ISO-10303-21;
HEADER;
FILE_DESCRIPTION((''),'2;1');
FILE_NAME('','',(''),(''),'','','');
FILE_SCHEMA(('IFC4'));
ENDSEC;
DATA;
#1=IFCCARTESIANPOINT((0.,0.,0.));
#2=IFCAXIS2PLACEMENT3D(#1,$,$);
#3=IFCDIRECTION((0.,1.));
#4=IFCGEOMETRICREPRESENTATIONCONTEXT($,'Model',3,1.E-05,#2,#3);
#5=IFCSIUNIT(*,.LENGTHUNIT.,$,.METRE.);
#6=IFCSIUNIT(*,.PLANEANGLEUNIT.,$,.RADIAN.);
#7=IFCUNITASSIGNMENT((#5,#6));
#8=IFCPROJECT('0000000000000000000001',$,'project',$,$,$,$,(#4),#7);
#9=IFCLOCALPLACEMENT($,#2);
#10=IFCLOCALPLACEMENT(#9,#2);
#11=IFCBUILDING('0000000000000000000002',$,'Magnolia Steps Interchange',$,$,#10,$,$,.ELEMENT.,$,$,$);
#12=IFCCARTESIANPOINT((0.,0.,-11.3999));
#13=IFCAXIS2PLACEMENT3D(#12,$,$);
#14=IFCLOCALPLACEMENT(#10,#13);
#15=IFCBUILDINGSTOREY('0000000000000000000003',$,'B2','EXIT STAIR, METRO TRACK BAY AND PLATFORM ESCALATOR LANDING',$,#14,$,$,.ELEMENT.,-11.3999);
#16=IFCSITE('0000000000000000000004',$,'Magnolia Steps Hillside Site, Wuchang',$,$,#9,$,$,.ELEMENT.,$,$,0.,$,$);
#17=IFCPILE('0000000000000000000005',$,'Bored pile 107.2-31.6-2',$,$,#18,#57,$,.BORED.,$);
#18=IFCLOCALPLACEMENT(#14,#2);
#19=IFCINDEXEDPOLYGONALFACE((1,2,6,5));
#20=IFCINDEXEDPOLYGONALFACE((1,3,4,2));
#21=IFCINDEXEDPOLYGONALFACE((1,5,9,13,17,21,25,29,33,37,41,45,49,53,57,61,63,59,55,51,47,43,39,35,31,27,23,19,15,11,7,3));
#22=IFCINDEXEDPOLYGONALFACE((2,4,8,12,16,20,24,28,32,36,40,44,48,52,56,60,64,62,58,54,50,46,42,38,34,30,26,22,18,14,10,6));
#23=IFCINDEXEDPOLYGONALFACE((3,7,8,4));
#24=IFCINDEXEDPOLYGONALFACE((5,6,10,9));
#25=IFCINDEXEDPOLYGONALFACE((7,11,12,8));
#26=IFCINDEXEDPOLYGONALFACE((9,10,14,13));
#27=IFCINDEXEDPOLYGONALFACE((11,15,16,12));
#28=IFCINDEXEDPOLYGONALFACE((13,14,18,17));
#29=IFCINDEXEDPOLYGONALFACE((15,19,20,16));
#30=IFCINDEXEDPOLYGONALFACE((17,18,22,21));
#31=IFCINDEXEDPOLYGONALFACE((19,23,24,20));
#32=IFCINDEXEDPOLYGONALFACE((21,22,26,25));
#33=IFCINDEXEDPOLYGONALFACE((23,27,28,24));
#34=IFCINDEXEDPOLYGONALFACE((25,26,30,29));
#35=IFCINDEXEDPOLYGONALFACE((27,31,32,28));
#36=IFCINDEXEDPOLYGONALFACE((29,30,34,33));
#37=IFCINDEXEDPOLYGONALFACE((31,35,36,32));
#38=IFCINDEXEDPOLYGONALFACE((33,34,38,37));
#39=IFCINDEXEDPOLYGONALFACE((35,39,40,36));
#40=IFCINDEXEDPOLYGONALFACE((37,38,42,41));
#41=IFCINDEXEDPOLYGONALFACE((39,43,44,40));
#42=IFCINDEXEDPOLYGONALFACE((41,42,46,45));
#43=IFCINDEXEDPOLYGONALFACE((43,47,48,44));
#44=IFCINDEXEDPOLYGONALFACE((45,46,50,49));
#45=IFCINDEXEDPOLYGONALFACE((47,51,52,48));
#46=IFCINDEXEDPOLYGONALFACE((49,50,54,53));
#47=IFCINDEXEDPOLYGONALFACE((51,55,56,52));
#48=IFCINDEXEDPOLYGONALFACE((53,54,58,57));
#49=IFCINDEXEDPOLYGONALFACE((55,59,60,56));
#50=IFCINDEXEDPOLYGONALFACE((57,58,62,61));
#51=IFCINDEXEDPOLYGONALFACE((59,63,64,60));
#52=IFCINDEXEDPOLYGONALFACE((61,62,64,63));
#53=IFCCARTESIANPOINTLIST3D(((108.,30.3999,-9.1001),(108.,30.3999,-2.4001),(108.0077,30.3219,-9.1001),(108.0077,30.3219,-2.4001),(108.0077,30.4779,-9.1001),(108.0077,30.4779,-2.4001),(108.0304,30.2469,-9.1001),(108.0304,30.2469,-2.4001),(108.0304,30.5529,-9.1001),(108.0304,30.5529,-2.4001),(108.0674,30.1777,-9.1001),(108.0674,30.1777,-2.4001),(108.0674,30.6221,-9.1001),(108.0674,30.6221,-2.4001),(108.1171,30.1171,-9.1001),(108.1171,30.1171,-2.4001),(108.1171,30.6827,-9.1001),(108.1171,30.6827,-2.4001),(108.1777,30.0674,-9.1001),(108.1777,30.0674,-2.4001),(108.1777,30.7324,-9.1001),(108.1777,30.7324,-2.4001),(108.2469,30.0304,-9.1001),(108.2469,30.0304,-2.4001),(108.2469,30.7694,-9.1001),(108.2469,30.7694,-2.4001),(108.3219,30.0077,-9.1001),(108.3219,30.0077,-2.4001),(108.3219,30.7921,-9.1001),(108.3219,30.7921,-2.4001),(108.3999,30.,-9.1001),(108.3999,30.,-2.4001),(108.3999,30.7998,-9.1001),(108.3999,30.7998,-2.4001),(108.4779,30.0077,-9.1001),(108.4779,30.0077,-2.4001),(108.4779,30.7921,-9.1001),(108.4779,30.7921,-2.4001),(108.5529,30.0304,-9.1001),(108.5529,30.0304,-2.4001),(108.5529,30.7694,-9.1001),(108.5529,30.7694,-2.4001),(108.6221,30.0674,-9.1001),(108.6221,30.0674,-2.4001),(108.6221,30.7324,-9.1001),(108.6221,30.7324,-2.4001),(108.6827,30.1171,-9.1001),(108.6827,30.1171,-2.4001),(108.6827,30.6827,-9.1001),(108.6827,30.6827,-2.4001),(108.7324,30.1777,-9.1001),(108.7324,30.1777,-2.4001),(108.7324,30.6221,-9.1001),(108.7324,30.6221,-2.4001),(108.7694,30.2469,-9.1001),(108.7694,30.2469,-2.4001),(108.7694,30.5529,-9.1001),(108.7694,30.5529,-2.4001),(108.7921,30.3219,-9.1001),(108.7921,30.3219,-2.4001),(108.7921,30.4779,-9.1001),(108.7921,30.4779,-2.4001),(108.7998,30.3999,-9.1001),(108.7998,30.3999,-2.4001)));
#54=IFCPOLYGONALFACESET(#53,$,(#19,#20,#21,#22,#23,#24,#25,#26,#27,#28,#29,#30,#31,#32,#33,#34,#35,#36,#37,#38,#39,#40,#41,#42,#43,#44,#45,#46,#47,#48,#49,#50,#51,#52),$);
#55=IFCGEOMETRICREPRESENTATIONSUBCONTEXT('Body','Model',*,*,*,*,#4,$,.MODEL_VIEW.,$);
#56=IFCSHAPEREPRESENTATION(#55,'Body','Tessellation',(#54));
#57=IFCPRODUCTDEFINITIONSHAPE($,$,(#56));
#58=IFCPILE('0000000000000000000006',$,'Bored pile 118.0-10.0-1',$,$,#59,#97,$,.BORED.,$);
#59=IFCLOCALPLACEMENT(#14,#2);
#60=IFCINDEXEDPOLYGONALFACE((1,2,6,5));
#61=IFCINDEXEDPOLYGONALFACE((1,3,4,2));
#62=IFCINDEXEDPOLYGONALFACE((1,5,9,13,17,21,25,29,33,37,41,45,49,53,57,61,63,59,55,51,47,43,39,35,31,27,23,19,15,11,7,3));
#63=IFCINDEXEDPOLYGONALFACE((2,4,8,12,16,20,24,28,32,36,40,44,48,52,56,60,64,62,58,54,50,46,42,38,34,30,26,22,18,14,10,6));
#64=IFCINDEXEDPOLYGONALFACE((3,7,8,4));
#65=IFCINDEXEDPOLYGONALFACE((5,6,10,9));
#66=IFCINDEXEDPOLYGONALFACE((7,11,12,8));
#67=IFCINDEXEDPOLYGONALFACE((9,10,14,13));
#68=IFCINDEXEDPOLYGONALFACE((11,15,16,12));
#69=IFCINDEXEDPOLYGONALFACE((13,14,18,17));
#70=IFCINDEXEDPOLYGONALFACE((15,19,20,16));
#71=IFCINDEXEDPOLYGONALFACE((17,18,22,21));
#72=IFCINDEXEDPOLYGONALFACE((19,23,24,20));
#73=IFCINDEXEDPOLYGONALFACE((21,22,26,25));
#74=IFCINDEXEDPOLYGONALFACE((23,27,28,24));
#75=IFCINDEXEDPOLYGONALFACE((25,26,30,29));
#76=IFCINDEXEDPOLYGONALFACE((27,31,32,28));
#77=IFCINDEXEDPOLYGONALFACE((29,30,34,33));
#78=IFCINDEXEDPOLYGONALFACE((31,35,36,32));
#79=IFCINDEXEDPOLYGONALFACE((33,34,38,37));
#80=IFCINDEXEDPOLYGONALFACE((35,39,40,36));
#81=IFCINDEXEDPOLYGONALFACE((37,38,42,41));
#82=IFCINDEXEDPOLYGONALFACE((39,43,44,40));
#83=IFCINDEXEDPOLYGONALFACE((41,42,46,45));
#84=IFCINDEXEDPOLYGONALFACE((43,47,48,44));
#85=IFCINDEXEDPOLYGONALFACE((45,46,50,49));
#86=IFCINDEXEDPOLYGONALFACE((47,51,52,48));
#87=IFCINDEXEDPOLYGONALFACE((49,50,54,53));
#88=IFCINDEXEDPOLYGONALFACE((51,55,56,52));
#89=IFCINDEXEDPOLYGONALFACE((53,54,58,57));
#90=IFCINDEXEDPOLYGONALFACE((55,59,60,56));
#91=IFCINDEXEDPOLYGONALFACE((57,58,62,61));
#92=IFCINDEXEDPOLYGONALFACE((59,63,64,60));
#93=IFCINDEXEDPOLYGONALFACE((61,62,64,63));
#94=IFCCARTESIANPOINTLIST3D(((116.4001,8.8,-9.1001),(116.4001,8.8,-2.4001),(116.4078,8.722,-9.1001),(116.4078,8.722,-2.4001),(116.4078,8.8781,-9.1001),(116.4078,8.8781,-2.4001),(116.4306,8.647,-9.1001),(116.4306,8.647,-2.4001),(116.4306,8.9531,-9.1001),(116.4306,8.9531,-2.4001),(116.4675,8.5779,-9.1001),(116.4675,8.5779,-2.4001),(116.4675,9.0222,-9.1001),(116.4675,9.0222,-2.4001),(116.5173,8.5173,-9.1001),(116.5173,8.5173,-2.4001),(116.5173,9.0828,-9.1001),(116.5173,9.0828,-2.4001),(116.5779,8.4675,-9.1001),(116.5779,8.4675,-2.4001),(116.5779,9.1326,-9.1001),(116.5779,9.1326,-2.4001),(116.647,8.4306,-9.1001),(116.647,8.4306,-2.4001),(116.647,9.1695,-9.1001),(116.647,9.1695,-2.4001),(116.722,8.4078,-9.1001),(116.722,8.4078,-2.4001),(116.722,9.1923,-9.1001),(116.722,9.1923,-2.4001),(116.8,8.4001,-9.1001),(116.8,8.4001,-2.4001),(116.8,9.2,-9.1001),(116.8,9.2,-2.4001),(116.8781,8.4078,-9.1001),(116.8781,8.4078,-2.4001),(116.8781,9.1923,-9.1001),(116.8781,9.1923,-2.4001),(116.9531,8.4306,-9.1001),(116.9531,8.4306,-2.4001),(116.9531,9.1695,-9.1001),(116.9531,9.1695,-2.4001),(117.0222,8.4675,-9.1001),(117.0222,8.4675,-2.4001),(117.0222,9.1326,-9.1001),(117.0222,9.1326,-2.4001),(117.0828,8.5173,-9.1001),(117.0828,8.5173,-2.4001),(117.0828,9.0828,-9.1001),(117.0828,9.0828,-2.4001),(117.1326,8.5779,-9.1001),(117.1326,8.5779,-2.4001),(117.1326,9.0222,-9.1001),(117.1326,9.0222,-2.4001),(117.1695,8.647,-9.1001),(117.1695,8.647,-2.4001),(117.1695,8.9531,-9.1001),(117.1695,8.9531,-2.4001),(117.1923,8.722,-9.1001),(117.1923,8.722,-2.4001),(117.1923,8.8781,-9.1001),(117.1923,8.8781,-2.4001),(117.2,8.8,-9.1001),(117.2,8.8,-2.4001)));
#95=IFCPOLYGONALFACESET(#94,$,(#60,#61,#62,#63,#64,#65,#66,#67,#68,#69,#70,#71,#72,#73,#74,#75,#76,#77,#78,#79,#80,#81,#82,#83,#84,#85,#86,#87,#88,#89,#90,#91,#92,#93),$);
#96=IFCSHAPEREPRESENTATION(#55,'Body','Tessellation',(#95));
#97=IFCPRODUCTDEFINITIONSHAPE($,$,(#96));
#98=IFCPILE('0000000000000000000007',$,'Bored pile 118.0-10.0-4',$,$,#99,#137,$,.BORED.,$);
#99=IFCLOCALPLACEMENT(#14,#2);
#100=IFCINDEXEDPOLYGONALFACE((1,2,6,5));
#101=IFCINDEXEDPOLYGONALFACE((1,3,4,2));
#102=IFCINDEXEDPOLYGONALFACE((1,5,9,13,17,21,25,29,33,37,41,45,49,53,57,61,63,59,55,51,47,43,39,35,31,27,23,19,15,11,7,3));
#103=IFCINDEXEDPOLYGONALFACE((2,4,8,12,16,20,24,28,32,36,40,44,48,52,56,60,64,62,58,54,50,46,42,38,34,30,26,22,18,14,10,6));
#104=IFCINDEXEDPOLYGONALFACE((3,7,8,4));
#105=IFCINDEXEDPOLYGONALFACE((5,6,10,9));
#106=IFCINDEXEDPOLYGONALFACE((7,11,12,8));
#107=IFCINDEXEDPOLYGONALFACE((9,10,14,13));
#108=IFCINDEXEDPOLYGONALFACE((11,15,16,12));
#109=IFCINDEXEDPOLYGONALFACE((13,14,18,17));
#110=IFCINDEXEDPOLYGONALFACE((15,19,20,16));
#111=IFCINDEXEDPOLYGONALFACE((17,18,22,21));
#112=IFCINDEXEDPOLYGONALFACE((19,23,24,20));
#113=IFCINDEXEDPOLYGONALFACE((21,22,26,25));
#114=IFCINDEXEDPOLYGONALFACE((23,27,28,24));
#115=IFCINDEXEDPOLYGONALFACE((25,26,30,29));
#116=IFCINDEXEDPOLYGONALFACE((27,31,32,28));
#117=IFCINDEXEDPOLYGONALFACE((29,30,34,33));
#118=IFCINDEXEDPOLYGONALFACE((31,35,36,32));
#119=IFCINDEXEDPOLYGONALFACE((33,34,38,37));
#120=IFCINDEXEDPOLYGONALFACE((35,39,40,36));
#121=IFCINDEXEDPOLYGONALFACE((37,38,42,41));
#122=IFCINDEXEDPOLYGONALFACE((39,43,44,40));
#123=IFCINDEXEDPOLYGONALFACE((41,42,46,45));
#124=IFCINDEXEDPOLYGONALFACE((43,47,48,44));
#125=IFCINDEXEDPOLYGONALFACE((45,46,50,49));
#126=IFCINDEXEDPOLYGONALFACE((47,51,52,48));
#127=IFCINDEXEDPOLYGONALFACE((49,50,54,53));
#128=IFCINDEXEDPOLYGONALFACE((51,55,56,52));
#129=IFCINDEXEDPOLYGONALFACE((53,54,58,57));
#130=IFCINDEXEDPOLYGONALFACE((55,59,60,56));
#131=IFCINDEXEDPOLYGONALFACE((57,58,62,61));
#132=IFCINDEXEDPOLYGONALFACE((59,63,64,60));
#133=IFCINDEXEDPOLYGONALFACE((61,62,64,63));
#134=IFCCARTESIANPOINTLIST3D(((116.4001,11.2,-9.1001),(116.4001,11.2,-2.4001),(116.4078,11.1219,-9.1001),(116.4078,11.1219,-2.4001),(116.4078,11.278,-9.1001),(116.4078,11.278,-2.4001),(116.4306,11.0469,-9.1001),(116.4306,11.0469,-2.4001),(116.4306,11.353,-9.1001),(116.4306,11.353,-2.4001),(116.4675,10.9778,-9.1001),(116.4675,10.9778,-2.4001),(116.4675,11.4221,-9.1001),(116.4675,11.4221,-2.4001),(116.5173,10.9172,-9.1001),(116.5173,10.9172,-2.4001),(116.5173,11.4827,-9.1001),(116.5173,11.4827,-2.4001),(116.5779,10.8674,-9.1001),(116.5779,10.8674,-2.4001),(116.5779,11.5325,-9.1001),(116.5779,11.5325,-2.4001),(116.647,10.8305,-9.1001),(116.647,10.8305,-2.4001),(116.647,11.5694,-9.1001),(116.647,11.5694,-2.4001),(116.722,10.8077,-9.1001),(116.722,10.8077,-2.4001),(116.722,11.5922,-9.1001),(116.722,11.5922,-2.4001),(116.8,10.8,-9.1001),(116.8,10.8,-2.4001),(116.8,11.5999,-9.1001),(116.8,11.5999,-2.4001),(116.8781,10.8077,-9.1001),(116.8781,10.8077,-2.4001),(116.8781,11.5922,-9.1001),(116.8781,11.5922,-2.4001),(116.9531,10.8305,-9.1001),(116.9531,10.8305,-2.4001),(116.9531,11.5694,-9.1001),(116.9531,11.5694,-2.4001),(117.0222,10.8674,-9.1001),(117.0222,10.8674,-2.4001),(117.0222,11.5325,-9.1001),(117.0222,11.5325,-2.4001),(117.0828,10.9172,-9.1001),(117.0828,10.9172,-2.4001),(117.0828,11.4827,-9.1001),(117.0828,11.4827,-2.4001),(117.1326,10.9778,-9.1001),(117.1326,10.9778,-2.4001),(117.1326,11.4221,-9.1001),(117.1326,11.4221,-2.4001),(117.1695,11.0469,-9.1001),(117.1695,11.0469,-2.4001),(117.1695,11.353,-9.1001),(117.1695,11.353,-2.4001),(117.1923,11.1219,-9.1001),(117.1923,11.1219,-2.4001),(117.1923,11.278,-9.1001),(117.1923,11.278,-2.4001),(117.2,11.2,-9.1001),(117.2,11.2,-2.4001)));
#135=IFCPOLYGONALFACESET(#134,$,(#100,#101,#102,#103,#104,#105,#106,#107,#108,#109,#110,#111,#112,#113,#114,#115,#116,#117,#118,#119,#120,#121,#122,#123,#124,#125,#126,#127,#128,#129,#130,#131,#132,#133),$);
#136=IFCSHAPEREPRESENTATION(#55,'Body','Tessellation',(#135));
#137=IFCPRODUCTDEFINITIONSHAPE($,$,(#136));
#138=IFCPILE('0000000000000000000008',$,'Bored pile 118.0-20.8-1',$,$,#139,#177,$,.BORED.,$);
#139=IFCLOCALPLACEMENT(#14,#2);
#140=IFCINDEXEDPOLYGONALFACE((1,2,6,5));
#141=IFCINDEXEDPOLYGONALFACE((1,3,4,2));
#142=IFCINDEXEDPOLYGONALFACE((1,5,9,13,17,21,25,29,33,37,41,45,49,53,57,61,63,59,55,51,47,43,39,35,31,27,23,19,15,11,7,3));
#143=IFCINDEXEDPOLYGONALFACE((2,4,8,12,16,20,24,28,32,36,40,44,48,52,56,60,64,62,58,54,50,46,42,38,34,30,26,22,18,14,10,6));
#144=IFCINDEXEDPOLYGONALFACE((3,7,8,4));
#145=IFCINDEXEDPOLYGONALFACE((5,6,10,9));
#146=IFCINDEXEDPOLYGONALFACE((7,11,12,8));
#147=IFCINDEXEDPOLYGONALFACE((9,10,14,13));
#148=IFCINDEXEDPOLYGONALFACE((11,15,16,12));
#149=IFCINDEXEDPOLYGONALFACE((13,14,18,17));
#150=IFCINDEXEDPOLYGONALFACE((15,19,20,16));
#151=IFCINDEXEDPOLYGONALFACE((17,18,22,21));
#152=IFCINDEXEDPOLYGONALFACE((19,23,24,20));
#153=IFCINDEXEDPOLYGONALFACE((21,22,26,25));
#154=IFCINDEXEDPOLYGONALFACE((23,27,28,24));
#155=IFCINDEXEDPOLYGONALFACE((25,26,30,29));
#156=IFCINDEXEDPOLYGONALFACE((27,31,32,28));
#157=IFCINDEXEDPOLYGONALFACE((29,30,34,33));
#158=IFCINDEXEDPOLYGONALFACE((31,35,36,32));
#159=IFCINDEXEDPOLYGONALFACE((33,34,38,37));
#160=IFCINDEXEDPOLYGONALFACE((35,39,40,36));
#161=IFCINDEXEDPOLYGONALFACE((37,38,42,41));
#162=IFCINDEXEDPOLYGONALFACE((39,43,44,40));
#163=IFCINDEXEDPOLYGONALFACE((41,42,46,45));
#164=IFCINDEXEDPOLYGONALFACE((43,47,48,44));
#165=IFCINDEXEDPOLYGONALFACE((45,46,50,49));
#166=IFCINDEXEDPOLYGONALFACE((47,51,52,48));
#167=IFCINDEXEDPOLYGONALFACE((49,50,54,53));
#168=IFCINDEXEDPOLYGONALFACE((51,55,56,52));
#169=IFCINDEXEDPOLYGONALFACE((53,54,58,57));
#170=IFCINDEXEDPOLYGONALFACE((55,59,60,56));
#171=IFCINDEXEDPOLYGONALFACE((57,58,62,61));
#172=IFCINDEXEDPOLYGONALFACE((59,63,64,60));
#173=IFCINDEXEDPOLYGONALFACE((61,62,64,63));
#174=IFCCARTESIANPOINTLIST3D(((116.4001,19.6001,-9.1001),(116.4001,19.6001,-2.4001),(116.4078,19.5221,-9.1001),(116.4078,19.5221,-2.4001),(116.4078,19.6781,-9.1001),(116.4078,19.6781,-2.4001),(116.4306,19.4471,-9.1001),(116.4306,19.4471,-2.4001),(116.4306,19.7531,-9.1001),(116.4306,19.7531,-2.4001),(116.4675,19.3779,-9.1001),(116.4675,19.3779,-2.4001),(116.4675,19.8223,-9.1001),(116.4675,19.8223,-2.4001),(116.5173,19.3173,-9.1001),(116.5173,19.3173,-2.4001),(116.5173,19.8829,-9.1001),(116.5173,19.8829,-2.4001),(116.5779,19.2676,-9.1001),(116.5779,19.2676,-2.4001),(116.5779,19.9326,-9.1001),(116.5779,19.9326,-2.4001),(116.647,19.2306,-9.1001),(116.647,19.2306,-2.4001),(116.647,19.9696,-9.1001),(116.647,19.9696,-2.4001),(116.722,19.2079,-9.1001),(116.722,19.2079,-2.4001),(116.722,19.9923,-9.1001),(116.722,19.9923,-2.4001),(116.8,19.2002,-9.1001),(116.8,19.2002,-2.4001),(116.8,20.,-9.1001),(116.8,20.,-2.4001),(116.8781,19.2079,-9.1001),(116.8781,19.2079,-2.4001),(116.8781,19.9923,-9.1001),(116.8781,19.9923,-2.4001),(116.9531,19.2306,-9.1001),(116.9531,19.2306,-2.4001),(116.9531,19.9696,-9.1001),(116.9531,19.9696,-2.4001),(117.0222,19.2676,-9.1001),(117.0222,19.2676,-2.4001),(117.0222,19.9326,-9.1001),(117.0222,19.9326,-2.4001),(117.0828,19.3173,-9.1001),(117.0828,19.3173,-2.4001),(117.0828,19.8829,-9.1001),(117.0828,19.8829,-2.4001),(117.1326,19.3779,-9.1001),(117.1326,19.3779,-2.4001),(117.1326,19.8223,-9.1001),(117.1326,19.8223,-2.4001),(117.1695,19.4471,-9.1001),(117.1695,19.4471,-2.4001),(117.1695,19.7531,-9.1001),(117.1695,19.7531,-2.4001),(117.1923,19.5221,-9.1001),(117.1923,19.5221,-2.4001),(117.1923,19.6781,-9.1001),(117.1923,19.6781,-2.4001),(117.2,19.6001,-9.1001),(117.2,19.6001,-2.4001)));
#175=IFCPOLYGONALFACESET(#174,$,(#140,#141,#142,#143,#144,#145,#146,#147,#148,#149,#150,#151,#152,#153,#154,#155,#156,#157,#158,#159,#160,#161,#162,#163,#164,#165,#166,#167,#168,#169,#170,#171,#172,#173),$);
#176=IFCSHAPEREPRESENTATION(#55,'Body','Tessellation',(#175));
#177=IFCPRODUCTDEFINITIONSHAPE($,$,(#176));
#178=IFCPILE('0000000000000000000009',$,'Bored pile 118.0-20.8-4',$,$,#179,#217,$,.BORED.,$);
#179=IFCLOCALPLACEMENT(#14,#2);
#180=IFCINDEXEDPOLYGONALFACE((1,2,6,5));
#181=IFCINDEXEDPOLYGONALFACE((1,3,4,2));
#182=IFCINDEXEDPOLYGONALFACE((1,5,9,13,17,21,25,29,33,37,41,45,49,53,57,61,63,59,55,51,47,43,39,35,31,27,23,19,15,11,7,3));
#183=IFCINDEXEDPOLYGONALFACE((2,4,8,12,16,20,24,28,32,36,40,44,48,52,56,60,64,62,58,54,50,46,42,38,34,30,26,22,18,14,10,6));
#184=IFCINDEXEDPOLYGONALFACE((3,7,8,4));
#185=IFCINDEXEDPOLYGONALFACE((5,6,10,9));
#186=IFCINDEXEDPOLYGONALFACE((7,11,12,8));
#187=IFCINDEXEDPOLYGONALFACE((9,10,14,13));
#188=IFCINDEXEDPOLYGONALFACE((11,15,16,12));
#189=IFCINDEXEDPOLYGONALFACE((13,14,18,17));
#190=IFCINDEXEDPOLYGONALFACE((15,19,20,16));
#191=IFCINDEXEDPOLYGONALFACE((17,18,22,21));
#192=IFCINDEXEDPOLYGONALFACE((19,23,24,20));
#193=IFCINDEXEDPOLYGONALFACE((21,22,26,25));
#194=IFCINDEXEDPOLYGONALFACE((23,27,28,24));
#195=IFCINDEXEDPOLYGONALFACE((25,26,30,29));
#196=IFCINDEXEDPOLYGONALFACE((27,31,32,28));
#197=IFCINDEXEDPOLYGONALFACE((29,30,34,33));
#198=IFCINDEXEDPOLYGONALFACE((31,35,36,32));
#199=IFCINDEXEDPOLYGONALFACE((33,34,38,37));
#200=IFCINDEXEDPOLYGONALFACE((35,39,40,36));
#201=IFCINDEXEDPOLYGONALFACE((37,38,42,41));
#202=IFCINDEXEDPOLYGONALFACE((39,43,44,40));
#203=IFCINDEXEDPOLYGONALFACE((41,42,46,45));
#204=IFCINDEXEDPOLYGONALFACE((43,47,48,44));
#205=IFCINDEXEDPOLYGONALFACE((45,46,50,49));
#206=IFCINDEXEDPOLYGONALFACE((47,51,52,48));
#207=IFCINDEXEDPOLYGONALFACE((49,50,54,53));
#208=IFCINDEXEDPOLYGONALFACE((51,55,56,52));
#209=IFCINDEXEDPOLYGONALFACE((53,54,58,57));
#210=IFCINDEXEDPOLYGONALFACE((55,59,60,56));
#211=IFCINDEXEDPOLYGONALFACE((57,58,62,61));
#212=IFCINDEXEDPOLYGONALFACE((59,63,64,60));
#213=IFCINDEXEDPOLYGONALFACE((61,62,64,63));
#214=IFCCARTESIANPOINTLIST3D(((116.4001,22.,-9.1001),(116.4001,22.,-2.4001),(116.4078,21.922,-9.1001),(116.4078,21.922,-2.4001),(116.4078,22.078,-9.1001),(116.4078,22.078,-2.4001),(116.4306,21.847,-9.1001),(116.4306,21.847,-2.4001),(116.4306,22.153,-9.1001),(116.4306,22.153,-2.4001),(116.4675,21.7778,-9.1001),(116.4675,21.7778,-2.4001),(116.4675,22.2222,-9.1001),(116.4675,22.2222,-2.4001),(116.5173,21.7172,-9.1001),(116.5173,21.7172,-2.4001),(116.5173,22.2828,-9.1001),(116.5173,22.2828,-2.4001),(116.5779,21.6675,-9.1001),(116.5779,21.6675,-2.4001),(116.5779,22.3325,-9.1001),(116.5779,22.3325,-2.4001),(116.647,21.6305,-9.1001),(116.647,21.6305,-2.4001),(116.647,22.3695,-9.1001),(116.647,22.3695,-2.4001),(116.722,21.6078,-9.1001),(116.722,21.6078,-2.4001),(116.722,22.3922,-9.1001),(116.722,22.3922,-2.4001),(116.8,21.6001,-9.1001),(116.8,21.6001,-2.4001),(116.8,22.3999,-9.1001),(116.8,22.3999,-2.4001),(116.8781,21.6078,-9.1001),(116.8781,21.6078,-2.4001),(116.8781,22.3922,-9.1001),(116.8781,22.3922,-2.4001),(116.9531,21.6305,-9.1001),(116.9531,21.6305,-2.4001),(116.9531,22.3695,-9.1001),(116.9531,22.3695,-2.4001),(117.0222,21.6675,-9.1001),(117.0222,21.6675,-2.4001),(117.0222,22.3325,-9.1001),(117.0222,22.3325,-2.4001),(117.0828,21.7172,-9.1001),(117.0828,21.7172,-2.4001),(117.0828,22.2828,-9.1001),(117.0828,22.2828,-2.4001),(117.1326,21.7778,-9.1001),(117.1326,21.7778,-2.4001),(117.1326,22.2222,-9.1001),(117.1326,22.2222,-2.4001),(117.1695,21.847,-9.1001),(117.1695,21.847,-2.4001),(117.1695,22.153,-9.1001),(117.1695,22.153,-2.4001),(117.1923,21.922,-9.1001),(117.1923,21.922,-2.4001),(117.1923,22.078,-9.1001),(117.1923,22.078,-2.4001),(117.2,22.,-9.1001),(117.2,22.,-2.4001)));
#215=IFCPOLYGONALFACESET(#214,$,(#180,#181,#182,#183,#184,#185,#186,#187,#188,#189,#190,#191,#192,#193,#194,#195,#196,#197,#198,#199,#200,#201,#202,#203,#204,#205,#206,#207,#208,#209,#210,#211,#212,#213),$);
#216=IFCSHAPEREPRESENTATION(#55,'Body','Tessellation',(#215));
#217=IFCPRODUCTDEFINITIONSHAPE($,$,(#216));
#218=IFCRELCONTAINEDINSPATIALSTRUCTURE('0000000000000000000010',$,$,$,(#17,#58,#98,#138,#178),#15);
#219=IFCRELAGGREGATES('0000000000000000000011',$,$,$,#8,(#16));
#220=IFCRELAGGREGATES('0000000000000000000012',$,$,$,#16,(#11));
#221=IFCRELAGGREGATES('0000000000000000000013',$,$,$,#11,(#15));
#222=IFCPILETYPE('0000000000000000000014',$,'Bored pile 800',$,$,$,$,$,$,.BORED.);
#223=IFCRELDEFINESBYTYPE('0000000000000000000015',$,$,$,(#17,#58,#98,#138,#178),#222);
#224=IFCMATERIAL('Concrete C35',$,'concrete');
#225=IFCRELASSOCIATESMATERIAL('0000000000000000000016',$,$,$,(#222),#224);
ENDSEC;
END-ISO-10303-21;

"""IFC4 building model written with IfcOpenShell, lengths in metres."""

from ifc_helpers import new_model, si_unit, direction, frame, origin, origin_2d, place, context, subcontext, project, spatial, circle, extrude, material, material_profile, profile_set, type_object, element, save


model = new_model("IFC4")

# Units and contexts
model_context = context("Model", 3, precision=1e-05, world=origin(), true_north=direction((0.0, 1.0)))
body_context = subcontext(model_context, "Body", "Model", "MODEL_VIEW")
ifc_project = project(units=[si_unit("LENGTHUNIT", "METRE"), si_unit("PLANEANGLEUNIT", "RADIAN")], contexts=[model_context])

# Site, building, storey
site_placement = place(None, origin())
site = spatial("IfcSite", under=ifc_project, at=site_placement, Name="Magnolia Steps Hillside Site, Wuchang", CompositionType="ELEMENT", RefElevation=0.0)
building_placement = place(site_placement, origin())
building = spatial("IfcBuilding", under=site, at=building_placement, Name="Magnolia Steps Interchange", CompositionType="ELEMENT")
storey_placement = place(building_placement, frame((0.0, 0.0, -11.3999)))
storey = spatial("IfcBuildingStorey", under=building, at=storey_placement, Name="B2", Description="EXIT STAIR, METRO TRACK BAY AND PLATFORM ESCALATOR LANDING", CompositionType="ELEMENT", Elevation=-11.3999)

# Piles
ifc_material_1 = material(Name="Concrete C35", Category="concrete")
ifc_material_profile_1 = material_profile(ifc_material_1, circle(Radius=0.3999, at=origin_2d()), Name="Bored pile 800")
ifc_profile_set_1 = profile_set([ifc_material_profile_1], Name="Concrete C35")
pile_type = type_object("IfcPileType", Name="Bored pile 800", PredefinedType="BORED", material=ifc_profile_set_1)
for number, where, z_axis, x_axis, name in (
    (1, (108.3999, 30.3999, -2.4001), (0.0, 0.0, -1.0), (1.0, 0.0, 0.0), "Bored pile 107.2-31.6-2"),
    (2, (116.8, 8.8, -2.4001), (0.0, 0.0, -1.0), (1.0, 0.0, 0.0), "Bored pile 118.0-10.0-1"),
    (3, (116.8, 11.2, -2.4001), (0.0, 0.0, -1.0), (1.0, 0.0, 0.0), "Bored pile 118.0-10.0-4"),
    (4, (116.8, 19.6001, -2.4001), (0.0, 0.0, -1.0), (1.0, 0.0, 0.0), "Bored pile 118.0-20.8-1"),
    (5, (116.8, 22.0, -2.4001), (0.0, 0.0, -1.0), (1.0, 0.0, 0.0), "Bored pile 118.0-20.8-4"),
):
    element("IfcPile", number, at=place(storey_placement, frame(where, z_axis=z_axis, x_axis=x_axis)), inside=storey, type_object=pile_type, Name=name, PredefinedType="BORED", context=body_context, shape_type="SweptSolid", body=[
        extrude(circle(Radius=0.3999, at=origin_2d()), origin(), (0.0, 0.0, 1.0), 6.7),
    ])

save(model, "model.ifc")
